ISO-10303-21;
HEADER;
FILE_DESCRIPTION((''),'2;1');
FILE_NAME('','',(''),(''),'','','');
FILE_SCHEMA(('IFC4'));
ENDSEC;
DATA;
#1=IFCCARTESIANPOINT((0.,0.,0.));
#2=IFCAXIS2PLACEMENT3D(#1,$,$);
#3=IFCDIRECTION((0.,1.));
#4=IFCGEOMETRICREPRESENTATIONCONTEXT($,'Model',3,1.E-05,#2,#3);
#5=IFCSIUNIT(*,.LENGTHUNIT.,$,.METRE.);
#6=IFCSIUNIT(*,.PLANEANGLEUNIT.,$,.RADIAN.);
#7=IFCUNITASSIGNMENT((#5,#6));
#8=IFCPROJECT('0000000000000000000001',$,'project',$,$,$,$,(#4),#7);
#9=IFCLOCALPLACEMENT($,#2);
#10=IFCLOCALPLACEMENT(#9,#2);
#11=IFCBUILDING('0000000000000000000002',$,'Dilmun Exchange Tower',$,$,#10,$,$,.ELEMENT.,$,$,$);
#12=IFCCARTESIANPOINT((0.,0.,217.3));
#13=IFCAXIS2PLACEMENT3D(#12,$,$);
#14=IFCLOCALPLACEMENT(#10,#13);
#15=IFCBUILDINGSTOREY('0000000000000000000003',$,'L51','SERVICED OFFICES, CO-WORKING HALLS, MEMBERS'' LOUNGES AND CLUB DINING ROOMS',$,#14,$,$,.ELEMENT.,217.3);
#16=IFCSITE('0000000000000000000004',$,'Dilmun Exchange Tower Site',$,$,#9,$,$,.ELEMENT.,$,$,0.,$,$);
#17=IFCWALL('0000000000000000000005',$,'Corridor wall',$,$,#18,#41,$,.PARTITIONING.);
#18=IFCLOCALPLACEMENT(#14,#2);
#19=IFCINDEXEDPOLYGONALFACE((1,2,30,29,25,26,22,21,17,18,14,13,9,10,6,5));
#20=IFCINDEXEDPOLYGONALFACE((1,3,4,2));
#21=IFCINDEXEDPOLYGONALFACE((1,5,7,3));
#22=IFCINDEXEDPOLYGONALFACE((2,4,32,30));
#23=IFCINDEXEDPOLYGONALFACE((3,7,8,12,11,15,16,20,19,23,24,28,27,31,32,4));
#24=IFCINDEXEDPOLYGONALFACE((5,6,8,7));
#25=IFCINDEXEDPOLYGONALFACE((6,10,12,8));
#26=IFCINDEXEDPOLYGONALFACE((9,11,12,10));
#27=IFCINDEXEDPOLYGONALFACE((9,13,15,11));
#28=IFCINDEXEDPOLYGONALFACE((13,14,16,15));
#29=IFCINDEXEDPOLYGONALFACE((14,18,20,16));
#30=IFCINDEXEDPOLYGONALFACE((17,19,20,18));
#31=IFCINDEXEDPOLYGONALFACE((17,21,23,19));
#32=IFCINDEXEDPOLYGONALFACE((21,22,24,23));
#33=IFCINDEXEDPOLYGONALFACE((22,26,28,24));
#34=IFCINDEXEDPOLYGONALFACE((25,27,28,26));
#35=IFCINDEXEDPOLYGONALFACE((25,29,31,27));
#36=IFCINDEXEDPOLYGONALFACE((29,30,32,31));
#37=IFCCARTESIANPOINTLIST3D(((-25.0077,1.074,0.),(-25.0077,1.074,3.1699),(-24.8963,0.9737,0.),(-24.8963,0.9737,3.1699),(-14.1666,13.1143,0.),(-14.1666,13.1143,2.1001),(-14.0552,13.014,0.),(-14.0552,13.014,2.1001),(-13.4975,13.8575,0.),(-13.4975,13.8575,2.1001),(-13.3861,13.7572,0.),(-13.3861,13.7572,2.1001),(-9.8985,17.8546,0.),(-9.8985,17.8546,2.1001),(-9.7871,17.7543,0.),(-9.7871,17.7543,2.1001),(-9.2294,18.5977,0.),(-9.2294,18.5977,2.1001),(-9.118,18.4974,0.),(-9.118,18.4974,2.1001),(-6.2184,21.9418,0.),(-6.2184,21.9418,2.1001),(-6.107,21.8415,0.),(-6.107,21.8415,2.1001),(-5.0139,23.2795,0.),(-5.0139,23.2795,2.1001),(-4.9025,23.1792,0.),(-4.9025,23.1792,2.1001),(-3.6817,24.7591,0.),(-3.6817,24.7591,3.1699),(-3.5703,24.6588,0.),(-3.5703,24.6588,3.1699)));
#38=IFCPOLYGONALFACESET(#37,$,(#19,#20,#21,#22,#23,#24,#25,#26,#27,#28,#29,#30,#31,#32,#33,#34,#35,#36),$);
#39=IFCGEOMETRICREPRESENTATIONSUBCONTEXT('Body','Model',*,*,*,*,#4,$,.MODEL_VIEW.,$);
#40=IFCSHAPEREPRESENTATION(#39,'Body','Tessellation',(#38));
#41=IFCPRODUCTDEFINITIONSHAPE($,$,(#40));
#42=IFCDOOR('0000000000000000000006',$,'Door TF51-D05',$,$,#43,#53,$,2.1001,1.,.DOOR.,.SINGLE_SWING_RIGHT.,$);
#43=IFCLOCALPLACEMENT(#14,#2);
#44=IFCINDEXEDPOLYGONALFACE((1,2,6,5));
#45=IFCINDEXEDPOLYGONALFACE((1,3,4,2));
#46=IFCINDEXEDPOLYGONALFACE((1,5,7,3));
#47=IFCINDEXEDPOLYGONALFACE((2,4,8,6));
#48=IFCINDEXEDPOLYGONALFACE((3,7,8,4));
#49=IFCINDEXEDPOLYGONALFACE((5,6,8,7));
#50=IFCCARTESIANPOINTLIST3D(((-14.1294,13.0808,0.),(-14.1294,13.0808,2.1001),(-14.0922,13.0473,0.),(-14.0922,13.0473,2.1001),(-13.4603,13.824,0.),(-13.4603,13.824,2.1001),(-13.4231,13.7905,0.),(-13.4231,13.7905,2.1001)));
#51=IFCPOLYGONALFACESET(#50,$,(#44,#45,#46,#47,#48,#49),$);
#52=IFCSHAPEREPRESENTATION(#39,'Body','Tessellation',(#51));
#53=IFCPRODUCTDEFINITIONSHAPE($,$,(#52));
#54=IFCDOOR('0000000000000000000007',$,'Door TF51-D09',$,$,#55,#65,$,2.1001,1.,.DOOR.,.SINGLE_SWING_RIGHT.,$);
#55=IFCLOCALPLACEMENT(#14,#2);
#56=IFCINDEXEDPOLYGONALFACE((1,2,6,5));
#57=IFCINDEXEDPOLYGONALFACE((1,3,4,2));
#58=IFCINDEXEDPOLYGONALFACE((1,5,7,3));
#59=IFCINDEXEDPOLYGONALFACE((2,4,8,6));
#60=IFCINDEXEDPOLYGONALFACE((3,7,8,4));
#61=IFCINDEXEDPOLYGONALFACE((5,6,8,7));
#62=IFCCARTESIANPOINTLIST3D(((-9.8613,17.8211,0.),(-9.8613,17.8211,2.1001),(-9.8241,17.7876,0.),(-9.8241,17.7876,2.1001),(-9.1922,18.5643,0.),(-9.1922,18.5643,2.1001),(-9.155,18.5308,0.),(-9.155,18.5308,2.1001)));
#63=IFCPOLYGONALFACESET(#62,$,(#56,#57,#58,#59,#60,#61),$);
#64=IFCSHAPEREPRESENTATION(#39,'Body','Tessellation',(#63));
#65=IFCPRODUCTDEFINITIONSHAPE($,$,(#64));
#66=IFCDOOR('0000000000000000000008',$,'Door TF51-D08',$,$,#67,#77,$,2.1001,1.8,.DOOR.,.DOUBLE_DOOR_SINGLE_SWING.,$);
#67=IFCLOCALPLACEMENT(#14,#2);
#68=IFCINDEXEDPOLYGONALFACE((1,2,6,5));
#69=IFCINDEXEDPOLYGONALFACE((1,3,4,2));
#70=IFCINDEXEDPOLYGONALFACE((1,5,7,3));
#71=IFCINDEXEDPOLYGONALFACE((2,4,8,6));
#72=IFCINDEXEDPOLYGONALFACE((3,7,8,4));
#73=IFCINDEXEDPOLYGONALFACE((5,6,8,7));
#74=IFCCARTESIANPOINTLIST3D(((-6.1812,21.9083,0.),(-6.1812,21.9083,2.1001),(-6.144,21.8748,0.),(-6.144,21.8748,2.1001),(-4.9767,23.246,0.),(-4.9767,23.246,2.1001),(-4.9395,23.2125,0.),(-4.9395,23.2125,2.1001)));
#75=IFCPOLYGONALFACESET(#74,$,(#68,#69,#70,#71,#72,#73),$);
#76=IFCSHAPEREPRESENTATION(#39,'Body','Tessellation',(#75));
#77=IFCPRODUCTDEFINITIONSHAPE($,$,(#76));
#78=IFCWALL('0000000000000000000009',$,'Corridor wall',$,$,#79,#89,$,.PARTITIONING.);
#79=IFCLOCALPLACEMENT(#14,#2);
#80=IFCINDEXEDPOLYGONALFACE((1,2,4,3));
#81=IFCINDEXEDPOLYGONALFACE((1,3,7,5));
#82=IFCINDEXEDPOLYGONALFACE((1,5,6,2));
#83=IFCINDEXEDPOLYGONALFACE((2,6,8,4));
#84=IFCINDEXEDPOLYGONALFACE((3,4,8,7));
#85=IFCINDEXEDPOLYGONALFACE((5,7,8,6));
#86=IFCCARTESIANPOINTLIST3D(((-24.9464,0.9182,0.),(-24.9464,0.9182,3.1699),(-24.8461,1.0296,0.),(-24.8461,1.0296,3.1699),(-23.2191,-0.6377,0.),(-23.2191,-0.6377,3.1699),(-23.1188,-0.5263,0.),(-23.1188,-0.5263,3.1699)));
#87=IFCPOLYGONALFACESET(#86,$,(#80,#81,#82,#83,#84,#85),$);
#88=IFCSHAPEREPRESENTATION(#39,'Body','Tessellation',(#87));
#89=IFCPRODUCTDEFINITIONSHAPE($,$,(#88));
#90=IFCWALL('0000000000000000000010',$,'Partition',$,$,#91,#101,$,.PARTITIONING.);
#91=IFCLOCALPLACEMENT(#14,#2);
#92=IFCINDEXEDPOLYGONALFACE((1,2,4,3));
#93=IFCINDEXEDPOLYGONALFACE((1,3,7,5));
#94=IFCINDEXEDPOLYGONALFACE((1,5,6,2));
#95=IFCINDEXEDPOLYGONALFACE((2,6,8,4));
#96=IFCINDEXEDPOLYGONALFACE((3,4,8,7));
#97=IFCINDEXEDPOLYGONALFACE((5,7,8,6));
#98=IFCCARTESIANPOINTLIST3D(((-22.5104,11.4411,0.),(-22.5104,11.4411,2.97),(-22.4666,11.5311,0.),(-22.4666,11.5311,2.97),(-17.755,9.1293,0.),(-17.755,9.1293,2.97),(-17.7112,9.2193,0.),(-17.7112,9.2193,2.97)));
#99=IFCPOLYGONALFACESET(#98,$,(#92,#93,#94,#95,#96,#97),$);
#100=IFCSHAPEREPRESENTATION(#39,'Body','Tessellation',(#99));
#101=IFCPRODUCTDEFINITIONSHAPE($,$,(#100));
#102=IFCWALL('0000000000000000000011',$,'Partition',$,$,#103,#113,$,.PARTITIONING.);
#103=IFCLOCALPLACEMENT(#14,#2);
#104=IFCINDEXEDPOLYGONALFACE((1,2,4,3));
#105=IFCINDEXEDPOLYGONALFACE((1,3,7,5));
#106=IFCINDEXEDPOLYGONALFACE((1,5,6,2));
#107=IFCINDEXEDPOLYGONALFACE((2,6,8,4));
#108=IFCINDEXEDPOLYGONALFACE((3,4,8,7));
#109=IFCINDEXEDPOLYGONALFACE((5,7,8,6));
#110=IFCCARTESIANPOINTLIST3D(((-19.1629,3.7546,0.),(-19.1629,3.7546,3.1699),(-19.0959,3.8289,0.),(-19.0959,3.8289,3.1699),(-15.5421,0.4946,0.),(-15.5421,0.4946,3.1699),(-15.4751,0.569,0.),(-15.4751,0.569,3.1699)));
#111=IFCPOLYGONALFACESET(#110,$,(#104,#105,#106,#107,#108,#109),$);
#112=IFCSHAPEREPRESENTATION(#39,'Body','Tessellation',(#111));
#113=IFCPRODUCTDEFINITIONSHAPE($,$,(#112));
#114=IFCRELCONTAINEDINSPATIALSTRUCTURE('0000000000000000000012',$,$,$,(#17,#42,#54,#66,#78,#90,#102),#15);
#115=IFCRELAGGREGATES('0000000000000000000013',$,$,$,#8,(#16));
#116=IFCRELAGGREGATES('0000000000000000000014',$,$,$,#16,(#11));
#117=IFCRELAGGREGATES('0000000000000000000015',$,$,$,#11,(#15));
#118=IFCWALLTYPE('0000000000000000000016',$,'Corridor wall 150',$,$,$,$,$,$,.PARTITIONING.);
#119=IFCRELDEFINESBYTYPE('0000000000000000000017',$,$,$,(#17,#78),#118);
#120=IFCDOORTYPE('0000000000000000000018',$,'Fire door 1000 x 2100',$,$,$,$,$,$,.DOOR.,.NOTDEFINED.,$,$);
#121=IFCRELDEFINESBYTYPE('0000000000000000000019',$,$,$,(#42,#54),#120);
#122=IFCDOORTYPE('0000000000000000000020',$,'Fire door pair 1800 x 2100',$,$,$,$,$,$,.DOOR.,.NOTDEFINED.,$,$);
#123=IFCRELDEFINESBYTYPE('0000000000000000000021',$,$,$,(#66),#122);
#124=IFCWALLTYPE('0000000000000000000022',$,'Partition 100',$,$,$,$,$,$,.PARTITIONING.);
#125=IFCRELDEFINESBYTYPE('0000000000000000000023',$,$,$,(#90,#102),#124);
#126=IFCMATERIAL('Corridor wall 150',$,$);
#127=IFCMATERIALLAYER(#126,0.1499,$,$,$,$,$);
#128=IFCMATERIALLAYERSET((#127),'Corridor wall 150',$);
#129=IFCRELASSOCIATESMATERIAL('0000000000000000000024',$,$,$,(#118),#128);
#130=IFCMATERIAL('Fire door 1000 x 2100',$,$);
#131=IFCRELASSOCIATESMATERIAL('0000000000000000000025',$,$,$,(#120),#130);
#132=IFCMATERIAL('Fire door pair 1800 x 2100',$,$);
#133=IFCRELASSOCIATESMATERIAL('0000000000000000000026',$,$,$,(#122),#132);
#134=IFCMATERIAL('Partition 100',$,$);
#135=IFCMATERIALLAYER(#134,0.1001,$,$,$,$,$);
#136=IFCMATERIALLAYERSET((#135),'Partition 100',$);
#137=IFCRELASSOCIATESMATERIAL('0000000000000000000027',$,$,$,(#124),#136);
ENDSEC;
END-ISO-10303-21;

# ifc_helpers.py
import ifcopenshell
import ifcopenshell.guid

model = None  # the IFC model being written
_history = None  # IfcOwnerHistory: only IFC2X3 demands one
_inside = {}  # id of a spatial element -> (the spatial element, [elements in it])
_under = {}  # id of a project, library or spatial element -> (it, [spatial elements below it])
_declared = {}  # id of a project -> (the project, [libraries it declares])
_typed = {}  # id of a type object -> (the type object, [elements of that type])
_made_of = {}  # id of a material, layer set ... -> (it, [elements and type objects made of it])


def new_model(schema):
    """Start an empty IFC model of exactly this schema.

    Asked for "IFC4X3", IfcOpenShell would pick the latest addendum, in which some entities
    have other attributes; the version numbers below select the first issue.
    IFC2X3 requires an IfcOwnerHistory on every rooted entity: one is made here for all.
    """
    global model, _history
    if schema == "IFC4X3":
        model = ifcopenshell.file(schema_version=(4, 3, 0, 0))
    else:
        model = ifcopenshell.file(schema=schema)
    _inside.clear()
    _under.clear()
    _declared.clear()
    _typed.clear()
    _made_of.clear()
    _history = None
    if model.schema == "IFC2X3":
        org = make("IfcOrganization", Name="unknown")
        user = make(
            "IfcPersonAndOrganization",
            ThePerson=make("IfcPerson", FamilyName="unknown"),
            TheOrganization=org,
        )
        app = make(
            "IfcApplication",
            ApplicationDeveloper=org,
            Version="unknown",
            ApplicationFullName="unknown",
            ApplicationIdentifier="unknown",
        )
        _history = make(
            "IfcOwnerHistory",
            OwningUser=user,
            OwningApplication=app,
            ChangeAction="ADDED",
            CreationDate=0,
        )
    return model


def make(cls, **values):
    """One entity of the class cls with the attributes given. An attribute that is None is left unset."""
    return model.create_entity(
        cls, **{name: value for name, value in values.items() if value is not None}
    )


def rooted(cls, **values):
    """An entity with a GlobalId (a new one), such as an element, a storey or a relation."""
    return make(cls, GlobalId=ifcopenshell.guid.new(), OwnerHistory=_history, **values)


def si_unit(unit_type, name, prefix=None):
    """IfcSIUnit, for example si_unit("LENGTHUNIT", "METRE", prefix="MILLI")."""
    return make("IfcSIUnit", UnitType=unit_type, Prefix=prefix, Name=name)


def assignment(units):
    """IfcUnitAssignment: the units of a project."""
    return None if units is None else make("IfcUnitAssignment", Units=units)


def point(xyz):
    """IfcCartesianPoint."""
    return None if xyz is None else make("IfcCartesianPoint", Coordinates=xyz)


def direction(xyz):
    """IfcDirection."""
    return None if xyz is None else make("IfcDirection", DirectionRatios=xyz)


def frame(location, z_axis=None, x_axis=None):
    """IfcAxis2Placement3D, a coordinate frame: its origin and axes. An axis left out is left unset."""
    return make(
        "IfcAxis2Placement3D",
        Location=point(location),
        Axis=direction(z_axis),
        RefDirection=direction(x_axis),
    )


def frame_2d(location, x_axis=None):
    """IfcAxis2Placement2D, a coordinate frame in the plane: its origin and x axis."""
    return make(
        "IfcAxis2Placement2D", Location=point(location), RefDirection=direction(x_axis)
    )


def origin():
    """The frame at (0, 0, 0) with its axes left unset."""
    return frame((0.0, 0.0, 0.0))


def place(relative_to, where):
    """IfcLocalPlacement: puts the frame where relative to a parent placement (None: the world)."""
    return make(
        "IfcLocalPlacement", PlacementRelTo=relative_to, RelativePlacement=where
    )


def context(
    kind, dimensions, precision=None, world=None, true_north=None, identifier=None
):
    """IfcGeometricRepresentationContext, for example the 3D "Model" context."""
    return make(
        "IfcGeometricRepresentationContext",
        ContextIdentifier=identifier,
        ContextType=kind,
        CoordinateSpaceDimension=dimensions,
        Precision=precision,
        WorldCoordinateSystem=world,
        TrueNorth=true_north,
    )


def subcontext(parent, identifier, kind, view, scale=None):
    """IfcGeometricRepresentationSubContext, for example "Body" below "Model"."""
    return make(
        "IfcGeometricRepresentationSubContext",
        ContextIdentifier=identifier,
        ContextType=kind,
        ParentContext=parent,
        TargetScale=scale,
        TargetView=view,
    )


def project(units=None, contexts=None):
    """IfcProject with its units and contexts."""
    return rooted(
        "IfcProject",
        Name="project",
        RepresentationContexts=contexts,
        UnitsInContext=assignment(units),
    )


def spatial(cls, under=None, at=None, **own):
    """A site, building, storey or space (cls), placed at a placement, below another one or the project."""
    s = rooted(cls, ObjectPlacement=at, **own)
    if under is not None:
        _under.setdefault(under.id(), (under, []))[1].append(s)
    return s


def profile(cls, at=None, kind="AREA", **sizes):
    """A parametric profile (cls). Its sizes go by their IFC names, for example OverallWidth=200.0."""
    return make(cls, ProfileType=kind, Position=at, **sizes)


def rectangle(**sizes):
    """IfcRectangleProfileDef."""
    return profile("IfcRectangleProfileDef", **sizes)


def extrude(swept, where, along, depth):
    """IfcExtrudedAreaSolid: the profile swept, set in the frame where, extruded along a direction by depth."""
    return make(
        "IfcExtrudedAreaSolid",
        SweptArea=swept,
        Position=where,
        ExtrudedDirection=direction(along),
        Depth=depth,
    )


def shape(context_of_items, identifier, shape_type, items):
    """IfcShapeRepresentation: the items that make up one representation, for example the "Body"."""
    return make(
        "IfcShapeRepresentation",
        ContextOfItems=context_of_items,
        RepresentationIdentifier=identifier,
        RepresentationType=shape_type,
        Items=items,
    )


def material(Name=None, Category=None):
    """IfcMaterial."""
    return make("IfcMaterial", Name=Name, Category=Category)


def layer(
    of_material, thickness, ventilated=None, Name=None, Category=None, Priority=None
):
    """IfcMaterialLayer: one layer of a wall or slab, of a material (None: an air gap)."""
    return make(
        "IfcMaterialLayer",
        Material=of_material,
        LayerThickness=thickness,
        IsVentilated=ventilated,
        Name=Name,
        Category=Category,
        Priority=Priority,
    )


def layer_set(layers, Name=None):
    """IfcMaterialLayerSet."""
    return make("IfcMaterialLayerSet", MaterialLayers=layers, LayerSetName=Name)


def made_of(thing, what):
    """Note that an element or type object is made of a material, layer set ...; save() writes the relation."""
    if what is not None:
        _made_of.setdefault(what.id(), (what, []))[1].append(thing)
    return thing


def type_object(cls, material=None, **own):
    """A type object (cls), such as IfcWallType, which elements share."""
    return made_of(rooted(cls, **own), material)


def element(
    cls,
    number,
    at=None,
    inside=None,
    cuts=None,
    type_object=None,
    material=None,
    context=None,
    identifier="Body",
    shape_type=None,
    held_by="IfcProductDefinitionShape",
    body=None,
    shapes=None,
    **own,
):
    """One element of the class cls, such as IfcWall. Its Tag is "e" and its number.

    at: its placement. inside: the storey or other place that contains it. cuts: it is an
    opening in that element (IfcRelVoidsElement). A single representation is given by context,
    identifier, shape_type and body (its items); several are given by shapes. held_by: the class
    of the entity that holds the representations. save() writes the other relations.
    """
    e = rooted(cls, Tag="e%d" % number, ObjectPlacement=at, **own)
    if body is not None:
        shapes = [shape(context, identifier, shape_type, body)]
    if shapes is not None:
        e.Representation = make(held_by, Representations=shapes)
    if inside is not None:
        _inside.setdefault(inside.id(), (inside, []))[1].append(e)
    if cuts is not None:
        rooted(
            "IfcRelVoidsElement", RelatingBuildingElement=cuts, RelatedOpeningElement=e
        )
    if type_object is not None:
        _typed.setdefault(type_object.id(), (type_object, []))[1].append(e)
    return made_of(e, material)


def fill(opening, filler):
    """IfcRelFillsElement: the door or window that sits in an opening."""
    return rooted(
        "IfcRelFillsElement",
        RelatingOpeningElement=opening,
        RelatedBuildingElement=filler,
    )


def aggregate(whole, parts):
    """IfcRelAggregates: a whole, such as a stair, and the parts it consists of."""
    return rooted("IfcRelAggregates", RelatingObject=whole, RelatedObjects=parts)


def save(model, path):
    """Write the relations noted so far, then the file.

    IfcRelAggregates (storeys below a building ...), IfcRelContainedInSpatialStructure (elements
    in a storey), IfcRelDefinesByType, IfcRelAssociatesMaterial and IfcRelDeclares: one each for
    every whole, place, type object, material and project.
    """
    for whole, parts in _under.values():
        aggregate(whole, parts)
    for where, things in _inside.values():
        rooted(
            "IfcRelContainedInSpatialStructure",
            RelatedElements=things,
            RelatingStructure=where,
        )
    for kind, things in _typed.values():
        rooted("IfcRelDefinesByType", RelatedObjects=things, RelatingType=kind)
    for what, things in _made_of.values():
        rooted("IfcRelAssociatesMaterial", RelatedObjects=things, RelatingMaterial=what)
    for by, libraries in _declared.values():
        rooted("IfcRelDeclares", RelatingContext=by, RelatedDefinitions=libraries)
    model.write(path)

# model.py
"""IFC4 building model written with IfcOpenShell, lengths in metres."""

from ifc_helpers import new_model, si_unit, direction, frame, frame_2d, origin, place, context, subcontext, project, spatial, rectangle, extrude, material, layer, layer_set, type_object, element, fill, save


model = new_model("IFC4")

# Units and contexts
model_context = context("Model", 3, precision=1e-05, world=origin(), true_north=direction((0.0, 1.0)))
body_context = subcontext(model_context, "Body", "Model", "MODEL_VIEW")
ifc_project = project(units=[si_unit("LENGTHUNIT", "METRE"), si_unit("PLANEANGLEUNIT", "RADIAN")], contexts=[model_context])

# Site, building, storey
site_placement = place(None, origin())
site = spatial("IfcSite", under=ifc_project, at=site_placement, Name="Dilmun Exchange Tower Site", CompositionType="ELEMENT", RefElevation=0.0)
building_placement = place(site_placement, origin())
building = spatial("IfcBuilding", under=site, at=building_placement, Name="Dilmun Exchange Tower", CompositionType="ELEMENT")
storey_placement = place(building_placement, frame((0.0, 0.0, 217.3)))
storey = spatial("IfcBuildingStorey", under=building, at=storey_placement, Name="L51", Description="SERVICED OFFICES, CO-WORKING HALLS, MEMBERS' LOUNGES AND CLUB DINING ROOMS", CompositionType="ELEMENT", Elevation=217.3)

# Wall, openings, doors
ifc_material_1 = material(Name="Corridor wall 150")
ifc_layer_1 = layer(ifc_material_1, 0.1499)
ifc_layer_set_1 = layer_set([ifc_layer_1], Name="Corridor wall 150")
wall_type_1 = type_object("IfcWallType", Name="Corridor wall 150", PredefinedType="PARTITIONING", material=ifc_layer_set_1)
wall_1_placement = place(storey_placement, frame((-24.9519, 1.0239, 0.0), z_axis=(0.0, 0.0, 1.0), x_axis=(0.669127, 0.743148, 0.0)))
wall_1 = element("IfcWall", 1, at=wall_1_placement, inside=storey, type_object=wall_type_1, Name="Corridor wall", PredefinedType="PARTITIONING", context=body_context, shape_type="SweptSolid", body=[
    extrude(rectangle(XDim=31.8713, YDim=0.1499, at=frame_2d((15.9355, 0.0))), origin(), (0.0, 0.0, 1.0), 3.1699),
])
opening_1_placement = place(wall_1_placement, frame((16.2017, 0.0, 0.0)))
opening_1 = element("IfcOpeningElement", 2, at=opening_1_placement, cuts=wall_1, PredefinedType="OPENING", context=body_context, shape_type="SweptSolid", body=[
    extrude(rectangle(XDim=1.0, YDim=2.1001, at=frame_2d((0.5, 1.05))), frame((0.0, 0.085, 0.0), z_axis=(0.0, -1.0, 0.0), x_axis=(1.0, 0.0, 0.0)), (0.0, 0.0, 1.0), 0.1699),
])
opening_2_placement = place(wall_1_placement, frame((28.0803, 0.0, 0.0)))
opening_2 = element("IfcOpeningElement", 3, at=opening_2_placement, cuts=wall_1, PredefinedType="OPENING", context=body_context, shape_type="SweptSolid", body=[
    extrude(rectangle(XDim=1.8, YDim=2.1001, at=frame_2d((0.8999, 1.05))), frame((0.0, 0.085, 0.0), z_axis=(0.0, -1.0, 0.0), x_axis=(1.0, 0.0, 0.0)), (0.0, 0.0, 1.0), 0.1699),
])
opening_3_placement = place(wall_1_placement, frame((22.5803, 0.0, 0.0)))
opening_3 = element("IfcOpeningElement", 4, at=opening_3_placement, cuts=wall_1, PredefinedType="OPENING", context=body_context, shape_type="SweptSolid", body=[
    extrude(rectangle(XDim=1.0, YDim=2.1001, at=frame_2d((0.5, 1.05))), frame((0.0, 0.085, 0.0), z_axis=(0.0, -1.0, 0.0), x_axis=(1.0, 0.0, 0.0)), (0.0, 0.0, 1.0), 0.1699),
])
ifc_material_2 = material(Name="Fire door 1000 x 2100")
door_type_1 = type_object("IfcDoorType", Name="Fire door 1000 x 2100", OperationType="NOTDEFINED", PredefinedType="DOOR", material=ifc_material_2)
door_1_placement = place(opening_1_placement, origin())
door_1 = element("IfcDoor", 5, at=door_1_placement, inside=storey, type_object=door_type_1, Name="Door TF51-D05", OperationType="SINGLE_SWING_RIGHT", OverallHeight=2.1001, OverallWidth=1.0, PredefinedType="DOOR", context=body_context, shape_type="SweptSolid", body=[
    extrude(rectangle(XDim=1.0, YDim=2.1001, at=frame_2d((0.5, 1.05))), frame((0.0, 0.0249, 0.0), z_axis=(0.0, -1.0, 0.0), x_axis=(1.0, 0.0, 0.0)), (0.0, 0.0, 1.0), 0.05),
])
fill(opening_1, door_1)
door_2_placement = place(opening_3_placement, origin())
door_2 = element("IfcDoor", 6, at=door_2_placement, inside=storey, type_object=door_type_1, Name="Door TF51-D09", OperationType="SINGLE_SWING_RIGHT", OverallHeight=2.1001, OverallWidth=1.0, PredefinedType="DOOR", context=body_context, shape_type="SweptSolid", body=[
    extrude(rectangle(XDim=1.0, YDim=2.1001, at=frame_2d((0.5, 1.05))), frame((0.0, 0.0249, 0.0), z_axis=(0.0, -1.0, 0.0), x_axis=(1.0, 0.0, 0.0)), (0.0, 0.0, 1.0), 0.05),
])
fill(opening_3, door_2)
ifc_material_3 = material(Name="Fire door pair 1800 x 2100")
door_type_2 = type_object("IfcDoorType", Name="Fire door pair 1800 x 2100", OperationType="NOTDEFINED", PredefinedType="DOOR", material=ifc_material_3)
door_3_placement = place(opening_2_placement, origin())
door_3 = element("IfcDoor", 7, at=door_3_placement, inside=storey, type_object=door_type_2, Name="Door TF51-D08", OperationType="DOUBLE_DOOR_SINGLE_SWING", OverallHeight=2.1001, OverallWidth=1.8, PredefinedType="DOOR", context=body_context, shape_type="SweptSolid", body=[
    extrude(rectangle(XDim=1.8, YDim=2.1001, at=frame_2d((0.8999, 1.05))), frame((0.0, 0.0249, 0.0), z_axis=(0.0, -1.0, 0.0), x_axis=(1.0, 0.0, 0.0)), (0.0, 0.0, 1.0), 0.05),
])
fill(opening_2, door_3)

# Walls
wall_2_placement = place(storey_placement, frame((-24.8962, 0.9739, 0.0), z_axis=(0.0, 0.0, 1.0), x_axis=(0.743007, -0.669284, 0.0)))
element("IfcWall", 8, at=wall_2_placement, inside=storey, type_object=wall_type_1, Name="Corridor wall", PredefinedType="PARTITIONING", context=body_context, shape_type="SweptSolid", body=[
    extrude(rectangle(XDim=2.3247, YDim=0.1499, at=frame_2d((1.1624, 0.0))), origin(), (0.0, 0.0, 1.0), 3.1699),
])
ifc_material_4 = material(Name="Partition 100")
ifc_layer_2 = layer(ifc_material_4, 0.1001)
ifc_layer_set_2 = layer_set([ifc_layer_2], Name="Partition 100")
wall_type_2 = type_object("IfcWallType", Name="Partition 100", PredefinedType="PARTITIONING", material=ifc_layer_set_2)
wall_3_placement = place(storey_placement, frame((-22.4885, 11.4861, 0.0), z_axis=(0.0, 0.0, 1.0), x_axis=(0.899358, -0.437212, 0.0)))
element("IfcWall", 9, at=wall_3_placement, inside=storey, type_object=wall_type_2, Name="Partition", PredefinedType="PARTITIONING", context=body_context, shape_type="SweptSolid", body=[
    extrude(rectangle(XDim=5.2876, YDim=0.1001, at=frame_2d((2.6438, 0.0))), origin(), (0.0, 0.0, 1.0), 2.97),
])
wall_4_placement = place(storey_placement, frame((-19.1294, 3.7917, 0.0), z_axis=(0.0, 0.0, 1.0), x_axis=(0.743167, -0.669106, 0.0)))
element("IfcWall", 10, at=wall_4_placement, inside=storey, type_object=wall_type_2, Name="Partition", PredefinedType="PARTITIONING", context=body_context, shape_type="SweptSolid", body=[
    extrude(rectangle(XDim=4.8721, YDim=0.1001, at=frame_2d((2.436, 0.0))), origin(), (0.0, 0.0, 1.0), 3.1699),
])

save(model, "model.ifc")
